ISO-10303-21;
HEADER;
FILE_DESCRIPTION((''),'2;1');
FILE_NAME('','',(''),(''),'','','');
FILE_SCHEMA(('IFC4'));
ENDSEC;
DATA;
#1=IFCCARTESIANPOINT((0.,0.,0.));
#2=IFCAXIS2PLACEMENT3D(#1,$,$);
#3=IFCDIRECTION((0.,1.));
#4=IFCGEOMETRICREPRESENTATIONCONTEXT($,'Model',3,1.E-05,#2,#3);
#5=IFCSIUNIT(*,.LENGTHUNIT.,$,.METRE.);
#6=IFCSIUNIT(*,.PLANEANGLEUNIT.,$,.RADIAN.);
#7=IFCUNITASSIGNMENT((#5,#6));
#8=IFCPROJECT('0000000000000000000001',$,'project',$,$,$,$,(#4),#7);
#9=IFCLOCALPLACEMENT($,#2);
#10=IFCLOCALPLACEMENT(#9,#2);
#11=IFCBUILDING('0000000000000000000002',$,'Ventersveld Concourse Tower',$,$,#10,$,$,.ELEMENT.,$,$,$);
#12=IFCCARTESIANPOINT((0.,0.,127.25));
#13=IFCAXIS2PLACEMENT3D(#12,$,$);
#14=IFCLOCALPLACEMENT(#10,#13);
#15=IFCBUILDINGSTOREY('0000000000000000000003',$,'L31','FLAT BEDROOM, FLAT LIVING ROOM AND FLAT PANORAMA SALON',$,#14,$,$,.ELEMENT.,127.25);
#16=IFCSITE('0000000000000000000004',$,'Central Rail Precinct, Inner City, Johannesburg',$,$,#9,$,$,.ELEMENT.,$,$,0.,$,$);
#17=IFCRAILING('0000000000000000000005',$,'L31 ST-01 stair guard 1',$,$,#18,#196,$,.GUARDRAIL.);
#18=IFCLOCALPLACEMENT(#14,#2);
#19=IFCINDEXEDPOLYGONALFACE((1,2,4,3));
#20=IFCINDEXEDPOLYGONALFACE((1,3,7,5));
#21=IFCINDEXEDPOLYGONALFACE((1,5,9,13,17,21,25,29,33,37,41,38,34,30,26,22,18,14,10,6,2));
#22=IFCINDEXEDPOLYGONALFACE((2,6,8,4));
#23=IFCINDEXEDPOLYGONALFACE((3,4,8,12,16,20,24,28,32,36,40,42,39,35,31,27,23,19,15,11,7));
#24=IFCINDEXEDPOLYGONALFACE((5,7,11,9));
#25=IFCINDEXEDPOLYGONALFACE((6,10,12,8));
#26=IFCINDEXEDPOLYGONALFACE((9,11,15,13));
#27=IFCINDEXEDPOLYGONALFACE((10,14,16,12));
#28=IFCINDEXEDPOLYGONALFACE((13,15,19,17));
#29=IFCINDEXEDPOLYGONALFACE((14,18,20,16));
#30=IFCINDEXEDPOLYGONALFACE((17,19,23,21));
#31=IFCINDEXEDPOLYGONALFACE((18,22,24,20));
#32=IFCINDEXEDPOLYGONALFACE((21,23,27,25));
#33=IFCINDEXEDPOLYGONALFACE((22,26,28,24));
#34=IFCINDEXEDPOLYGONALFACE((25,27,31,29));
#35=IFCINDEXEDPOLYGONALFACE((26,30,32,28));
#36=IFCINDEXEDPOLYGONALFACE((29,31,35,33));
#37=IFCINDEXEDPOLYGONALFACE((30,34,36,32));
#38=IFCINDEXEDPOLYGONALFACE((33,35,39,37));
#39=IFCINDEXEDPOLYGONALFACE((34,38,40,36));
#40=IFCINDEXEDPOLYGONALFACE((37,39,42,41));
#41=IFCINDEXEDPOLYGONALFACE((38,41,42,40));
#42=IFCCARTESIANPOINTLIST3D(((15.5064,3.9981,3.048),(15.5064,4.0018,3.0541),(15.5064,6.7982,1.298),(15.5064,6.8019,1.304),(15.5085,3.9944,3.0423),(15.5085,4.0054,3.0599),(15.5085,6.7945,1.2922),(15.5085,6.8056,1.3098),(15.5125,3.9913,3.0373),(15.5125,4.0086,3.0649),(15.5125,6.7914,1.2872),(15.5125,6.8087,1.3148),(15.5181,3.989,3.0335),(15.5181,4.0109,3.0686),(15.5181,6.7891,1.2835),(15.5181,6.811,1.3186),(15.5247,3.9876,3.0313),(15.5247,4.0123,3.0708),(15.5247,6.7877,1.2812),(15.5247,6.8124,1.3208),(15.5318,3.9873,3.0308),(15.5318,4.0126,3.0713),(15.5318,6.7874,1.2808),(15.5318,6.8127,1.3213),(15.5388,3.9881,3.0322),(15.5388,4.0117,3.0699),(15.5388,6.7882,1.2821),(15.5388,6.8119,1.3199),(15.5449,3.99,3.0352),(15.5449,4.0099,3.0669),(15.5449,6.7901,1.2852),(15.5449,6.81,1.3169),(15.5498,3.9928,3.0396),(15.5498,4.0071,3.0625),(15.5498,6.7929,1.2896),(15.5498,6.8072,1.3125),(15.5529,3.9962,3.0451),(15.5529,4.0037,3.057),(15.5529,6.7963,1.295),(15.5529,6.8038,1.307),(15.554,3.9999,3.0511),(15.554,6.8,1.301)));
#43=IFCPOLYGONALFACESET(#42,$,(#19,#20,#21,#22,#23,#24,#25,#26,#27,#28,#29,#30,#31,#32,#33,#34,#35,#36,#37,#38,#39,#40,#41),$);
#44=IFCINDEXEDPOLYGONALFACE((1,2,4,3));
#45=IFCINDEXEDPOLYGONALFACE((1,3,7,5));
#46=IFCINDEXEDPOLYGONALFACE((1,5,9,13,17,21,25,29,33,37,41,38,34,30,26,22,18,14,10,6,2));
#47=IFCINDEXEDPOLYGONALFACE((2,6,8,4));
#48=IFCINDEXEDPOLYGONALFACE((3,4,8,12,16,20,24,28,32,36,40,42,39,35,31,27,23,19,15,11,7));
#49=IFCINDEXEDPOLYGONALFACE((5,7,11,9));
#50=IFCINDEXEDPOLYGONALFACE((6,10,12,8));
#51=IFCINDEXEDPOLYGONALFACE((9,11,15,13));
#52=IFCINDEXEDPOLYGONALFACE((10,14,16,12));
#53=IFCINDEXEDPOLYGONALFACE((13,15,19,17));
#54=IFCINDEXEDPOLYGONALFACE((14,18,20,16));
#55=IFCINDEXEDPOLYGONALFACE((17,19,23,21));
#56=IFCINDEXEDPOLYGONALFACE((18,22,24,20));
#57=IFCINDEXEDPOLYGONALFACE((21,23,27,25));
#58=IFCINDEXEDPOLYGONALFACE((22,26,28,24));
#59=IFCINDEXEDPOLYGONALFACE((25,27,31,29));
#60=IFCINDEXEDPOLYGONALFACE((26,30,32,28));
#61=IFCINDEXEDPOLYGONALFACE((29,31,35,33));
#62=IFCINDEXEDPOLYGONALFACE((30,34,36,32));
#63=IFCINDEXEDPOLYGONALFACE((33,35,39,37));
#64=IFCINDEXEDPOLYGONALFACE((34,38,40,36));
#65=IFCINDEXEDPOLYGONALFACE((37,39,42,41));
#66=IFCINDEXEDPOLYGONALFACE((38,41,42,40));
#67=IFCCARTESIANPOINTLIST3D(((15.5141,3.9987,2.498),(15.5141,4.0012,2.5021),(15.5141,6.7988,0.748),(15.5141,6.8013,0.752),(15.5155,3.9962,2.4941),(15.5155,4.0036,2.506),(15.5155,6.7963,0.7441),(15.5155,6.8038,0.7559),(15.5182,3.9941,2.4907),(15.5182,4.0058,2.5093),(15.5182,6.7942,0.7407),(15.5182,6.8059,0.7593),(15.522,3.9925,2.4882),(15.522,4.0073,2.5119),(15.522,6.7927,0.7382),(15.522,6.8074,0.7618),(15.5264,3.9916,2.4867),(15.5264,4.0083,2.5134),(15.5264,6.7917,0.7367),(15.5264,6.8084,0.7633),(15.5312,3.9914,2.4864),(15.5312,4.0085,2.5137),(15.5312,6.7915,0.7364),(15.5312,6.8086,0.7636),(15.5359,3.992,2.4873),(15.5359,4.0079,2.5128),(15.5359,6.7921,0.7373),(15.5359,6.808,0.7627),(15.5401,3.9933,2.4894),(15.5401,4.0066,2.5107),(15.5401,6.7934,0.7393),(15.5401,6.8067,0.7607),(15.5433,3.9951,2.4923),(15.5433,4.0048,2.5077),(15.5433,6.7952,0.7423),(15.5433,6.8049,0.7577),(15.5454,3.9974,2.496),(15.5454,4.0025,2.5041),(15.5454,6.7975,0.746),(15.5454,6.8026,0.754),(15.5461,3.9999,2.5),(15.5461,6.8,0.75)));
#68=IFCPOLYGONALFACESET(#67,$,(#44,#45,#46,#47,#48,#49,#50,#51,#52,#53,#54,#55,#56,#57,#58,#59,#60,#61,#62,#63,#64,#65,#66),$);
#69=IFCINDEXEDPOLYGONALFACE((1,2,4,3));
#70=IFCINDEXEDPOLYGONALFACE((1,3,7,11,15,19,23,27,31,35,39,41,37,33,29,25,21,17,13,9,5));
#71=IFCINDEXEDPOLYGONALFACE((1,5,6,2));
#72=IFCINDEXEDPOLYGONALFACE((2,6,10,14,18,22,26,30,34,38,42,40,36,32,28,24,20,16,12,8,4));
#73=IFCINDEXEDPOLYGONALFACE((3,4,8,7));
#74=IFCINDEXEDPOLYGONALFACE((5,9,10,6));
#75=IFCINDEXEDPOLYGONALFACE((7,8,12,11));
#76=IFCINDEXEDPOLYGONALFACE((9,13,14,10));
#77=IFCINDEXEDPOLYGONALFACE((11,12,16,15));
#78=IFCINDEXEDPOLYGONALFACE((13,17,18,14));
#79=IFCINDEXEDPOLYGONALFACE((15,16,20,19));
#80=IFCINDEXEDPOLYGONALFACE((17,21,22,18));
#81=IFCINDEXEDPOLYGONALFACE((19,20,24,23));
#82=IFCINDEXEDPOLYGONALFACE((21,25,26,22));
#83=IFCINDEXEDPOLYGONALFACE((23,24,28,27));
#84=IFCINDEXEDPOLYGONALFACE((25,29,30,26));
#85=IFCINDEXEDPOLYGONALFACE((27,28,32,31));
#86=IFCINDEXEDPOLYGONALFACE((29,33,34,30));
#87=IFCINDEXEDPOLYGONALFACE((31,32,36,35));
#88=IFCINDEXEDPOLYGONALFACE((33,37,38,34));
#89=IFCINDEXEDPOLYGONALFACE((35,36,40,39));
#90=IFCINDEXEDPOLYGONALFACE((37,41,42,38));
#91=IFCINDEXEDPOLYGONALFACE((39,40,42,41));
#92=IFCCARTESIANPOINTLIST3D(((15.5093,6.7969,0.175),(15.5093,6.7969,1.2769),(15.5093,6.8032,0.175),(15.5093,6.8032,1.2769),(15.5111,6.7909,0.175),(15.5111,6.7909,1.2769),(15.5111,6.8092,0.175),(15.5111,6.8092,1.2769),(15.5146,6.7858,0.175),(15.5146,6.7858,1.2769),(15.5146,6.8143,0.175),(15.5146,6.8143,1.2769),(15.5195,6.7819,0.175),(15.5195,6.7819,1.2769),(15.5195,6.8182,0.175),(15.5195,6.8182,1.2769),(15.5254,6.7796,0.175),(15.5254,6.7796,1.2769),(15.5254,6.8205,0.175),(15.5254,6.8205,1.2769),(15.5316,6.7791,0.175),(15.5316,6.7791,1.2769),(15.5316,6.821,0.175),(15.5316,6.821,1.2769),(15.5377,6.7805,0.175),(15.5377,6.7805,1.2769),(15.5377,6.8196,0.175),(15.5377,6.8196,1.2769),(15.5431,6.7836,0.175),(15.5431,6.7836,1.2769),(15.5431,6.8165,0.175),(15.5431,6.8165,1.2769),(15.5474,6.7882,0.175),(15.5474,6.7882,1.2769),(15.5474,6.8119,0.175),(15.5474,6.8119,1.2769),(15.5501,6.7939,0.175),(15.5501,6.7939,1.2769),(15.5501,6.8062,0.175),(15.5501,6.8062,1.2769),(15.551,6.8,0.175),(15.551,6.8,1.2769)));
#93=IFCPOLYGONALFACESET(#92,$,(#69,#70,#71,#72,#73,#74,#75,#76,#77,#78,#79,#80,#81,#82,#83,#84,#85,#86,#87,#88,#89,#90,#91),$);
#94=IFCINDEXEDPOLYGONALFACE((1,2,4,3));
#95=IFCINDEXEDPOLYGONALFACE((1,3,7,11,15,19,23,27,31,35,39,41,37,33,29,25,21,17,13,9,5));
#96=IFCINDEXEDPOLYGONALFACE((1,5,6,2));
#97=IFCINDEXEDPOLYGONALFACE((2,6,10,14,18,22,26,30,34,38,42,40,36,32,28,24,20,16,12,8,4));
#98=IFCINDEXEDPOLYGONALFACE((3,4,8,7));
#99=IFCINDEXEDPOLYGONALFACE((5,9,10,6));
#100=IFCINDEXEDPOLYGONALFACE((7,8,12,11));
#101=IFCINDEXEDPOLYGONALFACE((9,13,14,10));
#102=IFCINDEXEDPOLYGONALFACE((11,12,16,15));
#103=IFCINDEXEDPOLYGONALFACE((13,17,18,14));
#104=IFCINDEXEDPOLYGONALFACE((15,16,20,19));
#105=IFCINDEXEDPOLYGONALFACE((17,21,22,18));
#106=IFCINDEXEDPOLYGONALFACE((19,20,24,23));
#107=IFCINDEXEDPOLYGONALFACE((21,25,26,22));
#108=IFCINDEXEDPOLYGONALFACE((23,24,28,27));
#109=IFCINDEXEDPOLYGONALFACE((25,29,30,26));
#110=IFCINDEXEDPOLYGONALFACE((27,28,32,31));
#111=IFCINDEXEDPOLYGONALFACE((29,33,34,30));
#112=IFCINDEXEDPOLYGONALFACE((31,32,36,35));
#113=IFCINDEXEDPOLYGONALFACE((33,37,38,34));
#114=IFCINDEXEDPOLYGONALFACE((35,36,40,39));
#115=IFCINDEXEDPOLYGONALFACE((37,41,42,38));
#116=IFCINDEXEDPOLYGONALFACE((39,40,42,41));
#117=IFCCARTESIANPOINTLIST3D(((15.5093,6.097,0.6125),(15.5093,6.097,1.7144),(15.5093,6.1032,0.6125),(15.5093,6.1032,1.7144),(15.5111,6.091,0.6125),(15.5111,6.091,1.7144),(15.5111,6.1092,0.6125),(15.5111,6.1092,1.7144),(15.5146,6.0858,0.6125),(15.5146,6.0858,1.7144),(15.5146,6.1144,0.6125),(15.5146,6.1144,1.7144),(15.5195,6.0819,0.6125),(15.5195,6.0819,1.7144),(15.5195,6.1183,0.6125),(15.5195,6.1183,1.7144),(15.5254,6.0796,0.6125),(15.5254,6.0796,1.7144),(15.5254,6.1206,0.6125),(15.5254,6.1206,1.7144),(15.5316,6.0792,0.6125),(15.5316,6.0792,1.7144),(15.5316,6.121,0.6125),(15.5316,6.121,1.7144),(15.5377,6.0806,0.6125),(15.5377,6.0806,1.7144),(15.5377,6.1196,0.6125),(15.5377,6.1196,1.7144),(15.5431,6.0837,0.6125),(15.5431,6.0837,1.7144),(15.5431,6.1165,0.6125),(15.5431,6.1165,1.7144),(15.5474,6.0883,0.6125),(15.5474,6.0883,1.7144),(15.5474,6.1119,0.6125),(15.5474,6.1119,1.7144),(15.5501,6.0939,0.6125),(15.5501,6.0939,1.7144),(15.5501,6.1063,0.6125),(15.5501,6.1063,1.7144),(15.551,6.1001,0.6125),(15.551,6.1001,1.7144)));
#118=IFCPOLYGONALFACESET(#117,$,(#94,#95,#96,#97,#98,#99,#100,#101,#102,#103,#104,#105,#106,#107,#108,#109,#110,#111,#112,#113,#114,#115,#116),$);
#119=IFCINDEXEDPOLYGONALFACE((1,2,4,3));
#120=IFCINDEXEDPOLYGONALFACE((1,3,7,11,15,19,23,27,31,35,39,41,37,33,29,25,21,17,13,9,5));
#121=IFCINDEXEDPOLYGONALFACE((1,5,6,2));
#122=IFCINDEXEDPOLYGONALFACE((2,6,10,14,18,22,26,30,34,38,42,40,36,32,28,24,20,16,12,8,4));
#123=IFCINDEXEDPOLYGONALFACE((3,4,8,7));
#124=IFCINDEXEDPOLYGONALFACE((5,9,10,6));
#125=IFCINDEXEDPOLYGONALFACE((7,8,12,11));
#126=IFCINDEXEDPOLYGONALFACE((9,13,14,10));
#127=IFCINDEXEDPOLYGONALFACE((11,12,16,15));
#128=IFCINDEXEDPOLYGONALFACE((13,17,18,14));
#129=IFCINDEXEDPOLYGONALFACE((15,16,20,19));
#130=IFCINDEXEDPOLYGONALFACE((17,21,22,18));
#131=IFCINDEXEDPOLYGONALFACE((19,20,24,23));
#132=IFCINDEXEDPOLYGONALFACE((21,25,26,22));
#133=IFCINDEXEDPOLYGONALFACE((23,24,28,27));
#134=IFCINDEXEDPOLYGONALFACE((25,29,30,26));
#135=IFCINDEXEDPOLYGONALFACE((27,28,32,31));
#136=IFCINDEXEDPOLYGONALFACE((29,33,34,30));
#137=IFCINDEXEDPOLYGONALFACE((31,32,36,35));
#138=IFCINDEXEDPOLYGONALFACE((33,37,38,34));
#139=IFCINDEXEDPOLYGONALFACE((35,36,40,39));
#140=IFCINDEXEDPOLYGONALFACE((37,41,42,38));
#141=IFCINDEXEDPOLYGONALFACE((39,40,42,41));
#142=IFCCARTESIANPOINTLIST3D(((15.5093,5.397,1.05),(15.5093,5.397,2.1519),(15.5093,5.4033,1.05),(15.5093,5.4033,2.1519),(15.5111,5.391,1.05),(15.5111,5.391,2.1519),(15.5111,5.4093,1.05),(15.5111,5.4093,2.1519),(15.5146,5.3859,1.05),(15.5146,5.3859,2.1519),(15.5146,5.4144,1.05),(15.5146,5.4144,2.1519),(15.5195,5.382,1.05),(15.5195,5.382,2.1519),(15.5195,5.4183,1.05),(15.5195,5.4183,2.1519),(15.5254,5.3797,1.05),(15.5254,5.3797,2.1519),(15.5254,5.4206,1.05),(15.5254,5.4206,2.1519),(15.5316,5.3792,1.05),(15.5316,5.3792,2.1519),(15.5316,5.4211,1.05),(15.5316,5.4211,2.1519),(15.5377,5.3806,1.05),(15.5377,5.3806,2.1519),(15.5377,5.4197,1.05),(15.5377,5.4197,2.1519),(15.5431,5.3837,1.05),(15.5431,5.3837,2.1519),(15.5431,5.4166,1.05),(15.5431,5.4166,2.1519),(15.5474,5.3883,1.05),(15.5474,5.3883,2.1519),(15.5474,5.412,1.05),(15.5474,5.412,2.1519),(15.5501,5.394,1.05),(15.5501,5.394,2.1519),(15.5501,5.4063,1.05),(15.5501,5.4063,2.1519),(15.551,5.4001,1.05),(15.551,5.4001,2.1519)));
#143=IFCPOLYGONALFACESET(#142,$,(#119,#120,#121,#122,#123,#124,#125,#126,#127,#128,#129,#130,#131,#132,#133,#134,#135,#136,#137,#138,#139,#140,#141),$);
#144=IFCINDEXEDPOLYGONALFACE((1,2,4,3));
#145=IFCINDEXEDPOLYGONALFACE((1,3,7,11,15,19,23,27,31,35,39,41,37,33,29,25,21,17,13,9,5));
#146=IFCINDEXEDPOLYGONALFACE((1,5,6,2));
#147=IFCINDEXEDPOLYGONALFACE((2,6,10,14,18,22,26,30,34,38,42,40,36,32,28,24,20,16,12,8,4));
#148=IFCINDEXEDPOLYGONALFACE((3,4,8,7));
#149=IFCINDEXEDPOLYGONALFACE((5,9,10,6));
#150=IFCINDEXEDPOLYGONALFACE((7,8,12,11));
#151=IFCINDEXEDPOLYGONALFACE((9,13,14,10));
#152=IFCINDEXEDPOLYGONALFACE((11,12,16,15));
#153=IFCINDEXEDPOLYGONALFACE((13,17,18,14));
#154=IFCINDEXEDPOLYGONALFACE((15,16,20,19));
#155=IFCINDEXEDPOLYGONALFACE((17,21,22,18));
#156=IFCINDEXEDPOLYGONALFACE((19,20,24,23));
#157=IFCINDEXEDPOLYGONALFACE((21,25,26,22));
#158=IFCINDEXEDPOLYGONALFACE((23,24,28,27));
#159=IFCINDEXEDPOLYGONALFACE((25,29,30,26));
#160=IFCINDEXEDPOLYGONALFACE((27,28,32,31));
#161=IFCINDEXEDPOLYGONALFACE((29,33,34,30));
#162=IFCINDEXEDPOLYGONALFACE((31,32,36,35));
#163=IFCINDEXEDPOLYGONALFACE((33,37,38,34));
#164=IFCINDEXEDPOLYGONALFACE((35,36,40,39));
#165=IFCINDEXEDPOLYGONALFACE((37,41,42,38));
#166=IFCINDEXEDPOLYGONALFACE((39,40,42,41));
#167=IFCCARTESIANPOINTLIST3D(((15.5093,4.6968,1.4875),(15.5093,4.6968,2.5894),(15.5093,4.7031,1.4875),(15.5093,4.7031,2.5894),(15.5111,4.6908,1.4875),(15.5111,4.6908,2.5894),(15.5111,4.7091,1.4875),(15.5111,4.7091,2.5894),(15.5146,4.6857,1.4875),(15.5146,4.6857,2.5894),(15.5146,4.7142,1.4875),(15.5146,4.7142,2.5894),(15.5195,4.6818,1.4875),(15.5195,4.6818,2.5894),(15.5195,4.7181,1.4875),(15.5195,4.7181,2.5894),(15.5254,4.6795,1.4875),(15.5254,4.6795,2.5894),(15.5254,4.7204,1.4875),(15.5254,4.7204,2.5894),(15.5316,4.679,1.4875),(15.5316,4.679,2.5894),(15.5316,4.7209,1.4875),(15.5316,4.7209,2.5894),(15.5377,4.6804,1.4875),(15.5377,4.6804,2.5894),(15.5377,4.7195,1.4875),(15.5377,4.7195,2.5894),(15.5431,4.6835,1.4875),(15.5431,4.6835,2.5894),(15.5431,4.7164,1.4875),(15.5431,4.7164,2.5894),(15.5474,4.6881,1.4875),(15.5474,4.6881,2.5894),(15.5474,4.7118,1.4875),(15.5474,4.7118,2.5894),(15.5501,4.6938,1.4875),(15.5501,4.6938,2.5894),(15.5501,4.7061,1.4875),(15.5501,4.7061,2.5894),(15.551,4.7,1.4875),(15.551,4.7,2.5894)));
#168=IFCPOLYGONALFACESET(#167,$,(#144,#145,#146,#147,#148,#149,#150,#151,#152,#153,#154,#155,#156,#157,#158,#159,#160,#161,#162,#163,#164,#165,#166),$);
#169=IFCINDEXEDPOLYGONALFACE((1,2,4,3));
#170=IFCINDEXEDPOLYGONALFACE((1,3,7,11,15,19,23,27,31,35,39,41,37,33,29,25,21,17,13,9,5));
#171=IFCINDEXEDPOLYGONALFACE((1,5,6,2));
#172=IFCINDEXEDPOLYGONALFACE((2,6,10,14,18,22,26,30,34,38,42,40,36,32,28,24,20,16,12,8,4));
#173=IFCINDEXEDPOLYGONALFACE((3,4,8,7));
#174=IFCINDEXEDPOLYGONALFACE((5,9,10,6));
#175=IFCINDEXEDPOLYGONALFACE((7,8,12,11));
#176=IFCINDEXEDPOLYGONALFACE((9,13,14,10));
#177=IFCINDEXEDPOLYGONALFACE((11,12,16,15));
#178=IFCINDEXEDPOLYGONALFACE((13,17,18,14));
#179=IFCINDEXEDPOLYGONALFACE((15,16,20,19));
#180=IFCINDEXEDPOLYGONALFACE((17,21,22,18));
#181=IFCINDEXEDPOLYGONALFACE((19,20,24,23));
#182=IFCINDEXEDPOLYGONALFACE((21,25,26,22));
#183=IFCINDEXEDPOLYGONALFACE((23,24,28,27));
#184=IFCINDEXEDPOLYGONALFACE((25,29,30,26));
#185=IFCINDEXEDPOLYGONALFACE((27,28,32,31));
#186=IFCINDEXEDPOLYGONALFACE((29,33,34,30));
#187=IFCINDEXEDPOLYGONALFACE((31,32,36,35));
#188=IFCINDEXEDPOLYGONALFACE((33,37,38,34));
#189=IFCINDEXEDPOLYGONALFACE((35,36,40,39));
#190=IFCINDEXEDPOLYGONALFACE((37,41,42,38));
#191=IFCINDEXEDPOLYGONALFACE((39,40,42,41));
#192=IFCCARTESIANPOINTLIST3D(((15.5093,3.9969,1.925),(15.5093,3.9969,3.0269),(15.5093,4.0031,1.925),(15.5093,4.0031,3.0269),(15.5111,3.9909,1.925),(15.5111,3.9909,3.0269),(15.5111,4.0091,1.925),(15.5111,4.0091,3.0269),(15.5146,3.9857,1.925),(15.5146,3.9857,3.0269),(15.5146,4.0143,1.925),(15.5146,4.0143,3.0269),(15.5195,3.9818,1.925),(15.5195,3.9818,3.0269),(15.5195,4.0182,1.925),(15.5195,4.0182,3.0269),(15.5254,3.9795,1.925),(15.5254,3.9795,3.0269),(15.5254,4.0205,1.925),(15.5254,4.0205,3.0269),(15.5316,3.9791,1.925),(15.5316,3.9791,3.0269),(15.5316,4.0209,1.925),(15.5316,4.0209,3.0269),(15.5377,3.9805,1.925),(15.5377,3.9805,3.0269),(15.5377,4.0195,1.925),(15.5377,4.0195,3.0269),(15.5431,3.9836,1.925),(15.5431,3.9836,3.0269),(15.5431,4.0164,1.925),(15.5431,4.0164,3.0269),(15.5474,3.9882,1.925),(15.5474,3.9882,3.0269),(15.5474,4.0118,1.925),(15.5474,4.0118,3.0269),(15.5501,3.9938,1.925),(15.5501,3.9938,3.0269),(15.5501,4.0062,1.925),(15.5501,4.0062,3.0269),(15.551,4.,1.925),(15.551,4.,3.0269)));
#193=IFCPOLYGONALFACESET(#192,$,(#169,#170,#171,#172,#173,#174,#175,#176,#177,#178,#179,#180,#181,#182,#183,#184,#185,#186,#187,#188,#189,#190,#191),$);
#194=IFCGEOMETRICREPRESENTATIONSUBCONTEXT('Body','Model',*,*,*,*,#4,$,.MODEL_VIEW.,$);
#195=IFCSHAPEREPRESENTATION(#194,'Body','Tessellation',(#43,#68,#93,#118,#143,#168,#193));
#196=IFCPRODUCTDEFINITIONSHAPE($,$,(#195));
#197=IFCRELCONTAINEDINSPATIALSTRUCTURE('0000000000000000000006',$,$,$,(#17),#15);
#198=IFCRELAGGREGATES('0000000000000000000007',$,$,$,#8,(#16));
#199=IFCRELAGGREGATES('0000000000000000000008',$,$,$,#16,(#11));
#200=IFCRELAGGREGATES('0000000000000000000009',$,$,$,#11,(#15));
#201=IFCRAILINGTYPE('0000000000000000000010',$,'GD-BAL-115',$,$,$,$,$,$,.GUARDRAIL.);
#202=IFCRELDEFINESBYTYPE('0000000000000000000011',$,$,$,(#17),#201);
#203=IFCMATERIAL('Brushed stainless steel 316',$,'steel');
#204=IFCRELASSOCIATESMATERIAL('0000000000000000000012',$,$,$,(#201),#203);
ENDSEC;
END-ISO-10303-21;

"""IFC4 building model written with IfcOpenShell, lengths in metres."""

from ifc_helpers import new_model, si_unit, direction, frame, origin, origin_2d, place, context, subcontext, project, spatial, circle, extrude, material, type_object, element, save


model = new_model("IFC4")

# Units and contexts
model_context = context("Model", 3, precision=1e-05, world=origin(), true_north=direction((0.0, 1.0)))
body_context = subcontext(model_context, "Body", "Model", "MODEL_VIEW")
ifc_project = project(units=[si_unit("LENGTHUNIT", "METRE"), si_unit("PLANEANGLEUNIT", "RADIAN")], contexts=[model_context])

# Site, building, storey
site_placement = place(None, origin())
site = spatial("IfcSite", under=ifc_project, at=site_placement, Name="Central Rail Precinct, Inner City, Johannesburg", CompositionType="ELEMENT", RefElevation=0.0)
building_placement = place(site_placement, origin())
building = spatial("IfcBuilding", under=site, at=building_placement, Name="Ventersveld Concourse Tower", CompositionType="ELEMENT")
storey_placement = place(building_placement, frame((0.0, 0.0, 127.25)))
storey = spatial("IfcBuildingStorey", under=building, at=storey_placement, Name="L31", Description="FLAT BEDROOM, FLAT LIVING ROOM AND FLAT PANORAMA SALON", CompositionType="ELEMENT", Elevation=127.25)

# Railing
ifc_material_1 = material(Name="Brushed stainless steel 316", Category="steel")
railing_type_1 = type_object("IfcRailingType", Name="GD-BAL-115", PredefinedType="GUARDRAIL", material=ifc_material_1)
railing_1_placement = place(storey_placement, frame((15.53, 6.8, 0.175)))
element("IfcRailing", 1, at=railing_1_placement, inside=storey, type_object=railing_type_1, Name="L31 ST-01 stair guard 1", PredefinedType="GUARDRAIL", context=body_context, shape_type="SweptSolid", body=[
    extrude(circle(Radius=0.0239, at=origin_2d()), frame((0.0, 0.0, 1.126), z_axis=(0.0, -0.848002, 0.529992), x_axis=(1.0, 0.0, 0.0)), (0.0, 0.0, 1.0), 3.302),
    extrude(circle(Radius=0.0161, at=origin_2d()), frame((0.0, 0.0, 0.575), z_axis=(0.0, -0.848002, 0.529992), x_axis=(1.0, 0.0, 0.0)), (0.0, 0.0, 1.0), 3.302),
    extrude(circle(Radius=0.021, at=origin_2d()), origin(), (0.0, 0.0, 1.0), 1.1018),
    extrude(circle(Radius=0.021, at=origin_2d()), frame((0.0, -0.7, 0.4375)), (0.0, 0.0, 1.0), 1.1018),
    extrude(circle(Radius=0.021, at=origin_2d()), frame((0.0, -1.3999, 0.875)), (0.0, 0.0, 1.0), 1.1018),
    extrude(circle(Radius=0.021, at=origin_2d()), frame((0.0, -2.1001, 1.3125)), (0.0, 0.0, 1.0), 1.1018),
    extrude(circle(Radius=0.021, at=origin_2d()), frame((0.0, -2.8, 1.75)), (0.0, 0.0, 1.0), 1.1018),
])

save(model, "model.ifc")
